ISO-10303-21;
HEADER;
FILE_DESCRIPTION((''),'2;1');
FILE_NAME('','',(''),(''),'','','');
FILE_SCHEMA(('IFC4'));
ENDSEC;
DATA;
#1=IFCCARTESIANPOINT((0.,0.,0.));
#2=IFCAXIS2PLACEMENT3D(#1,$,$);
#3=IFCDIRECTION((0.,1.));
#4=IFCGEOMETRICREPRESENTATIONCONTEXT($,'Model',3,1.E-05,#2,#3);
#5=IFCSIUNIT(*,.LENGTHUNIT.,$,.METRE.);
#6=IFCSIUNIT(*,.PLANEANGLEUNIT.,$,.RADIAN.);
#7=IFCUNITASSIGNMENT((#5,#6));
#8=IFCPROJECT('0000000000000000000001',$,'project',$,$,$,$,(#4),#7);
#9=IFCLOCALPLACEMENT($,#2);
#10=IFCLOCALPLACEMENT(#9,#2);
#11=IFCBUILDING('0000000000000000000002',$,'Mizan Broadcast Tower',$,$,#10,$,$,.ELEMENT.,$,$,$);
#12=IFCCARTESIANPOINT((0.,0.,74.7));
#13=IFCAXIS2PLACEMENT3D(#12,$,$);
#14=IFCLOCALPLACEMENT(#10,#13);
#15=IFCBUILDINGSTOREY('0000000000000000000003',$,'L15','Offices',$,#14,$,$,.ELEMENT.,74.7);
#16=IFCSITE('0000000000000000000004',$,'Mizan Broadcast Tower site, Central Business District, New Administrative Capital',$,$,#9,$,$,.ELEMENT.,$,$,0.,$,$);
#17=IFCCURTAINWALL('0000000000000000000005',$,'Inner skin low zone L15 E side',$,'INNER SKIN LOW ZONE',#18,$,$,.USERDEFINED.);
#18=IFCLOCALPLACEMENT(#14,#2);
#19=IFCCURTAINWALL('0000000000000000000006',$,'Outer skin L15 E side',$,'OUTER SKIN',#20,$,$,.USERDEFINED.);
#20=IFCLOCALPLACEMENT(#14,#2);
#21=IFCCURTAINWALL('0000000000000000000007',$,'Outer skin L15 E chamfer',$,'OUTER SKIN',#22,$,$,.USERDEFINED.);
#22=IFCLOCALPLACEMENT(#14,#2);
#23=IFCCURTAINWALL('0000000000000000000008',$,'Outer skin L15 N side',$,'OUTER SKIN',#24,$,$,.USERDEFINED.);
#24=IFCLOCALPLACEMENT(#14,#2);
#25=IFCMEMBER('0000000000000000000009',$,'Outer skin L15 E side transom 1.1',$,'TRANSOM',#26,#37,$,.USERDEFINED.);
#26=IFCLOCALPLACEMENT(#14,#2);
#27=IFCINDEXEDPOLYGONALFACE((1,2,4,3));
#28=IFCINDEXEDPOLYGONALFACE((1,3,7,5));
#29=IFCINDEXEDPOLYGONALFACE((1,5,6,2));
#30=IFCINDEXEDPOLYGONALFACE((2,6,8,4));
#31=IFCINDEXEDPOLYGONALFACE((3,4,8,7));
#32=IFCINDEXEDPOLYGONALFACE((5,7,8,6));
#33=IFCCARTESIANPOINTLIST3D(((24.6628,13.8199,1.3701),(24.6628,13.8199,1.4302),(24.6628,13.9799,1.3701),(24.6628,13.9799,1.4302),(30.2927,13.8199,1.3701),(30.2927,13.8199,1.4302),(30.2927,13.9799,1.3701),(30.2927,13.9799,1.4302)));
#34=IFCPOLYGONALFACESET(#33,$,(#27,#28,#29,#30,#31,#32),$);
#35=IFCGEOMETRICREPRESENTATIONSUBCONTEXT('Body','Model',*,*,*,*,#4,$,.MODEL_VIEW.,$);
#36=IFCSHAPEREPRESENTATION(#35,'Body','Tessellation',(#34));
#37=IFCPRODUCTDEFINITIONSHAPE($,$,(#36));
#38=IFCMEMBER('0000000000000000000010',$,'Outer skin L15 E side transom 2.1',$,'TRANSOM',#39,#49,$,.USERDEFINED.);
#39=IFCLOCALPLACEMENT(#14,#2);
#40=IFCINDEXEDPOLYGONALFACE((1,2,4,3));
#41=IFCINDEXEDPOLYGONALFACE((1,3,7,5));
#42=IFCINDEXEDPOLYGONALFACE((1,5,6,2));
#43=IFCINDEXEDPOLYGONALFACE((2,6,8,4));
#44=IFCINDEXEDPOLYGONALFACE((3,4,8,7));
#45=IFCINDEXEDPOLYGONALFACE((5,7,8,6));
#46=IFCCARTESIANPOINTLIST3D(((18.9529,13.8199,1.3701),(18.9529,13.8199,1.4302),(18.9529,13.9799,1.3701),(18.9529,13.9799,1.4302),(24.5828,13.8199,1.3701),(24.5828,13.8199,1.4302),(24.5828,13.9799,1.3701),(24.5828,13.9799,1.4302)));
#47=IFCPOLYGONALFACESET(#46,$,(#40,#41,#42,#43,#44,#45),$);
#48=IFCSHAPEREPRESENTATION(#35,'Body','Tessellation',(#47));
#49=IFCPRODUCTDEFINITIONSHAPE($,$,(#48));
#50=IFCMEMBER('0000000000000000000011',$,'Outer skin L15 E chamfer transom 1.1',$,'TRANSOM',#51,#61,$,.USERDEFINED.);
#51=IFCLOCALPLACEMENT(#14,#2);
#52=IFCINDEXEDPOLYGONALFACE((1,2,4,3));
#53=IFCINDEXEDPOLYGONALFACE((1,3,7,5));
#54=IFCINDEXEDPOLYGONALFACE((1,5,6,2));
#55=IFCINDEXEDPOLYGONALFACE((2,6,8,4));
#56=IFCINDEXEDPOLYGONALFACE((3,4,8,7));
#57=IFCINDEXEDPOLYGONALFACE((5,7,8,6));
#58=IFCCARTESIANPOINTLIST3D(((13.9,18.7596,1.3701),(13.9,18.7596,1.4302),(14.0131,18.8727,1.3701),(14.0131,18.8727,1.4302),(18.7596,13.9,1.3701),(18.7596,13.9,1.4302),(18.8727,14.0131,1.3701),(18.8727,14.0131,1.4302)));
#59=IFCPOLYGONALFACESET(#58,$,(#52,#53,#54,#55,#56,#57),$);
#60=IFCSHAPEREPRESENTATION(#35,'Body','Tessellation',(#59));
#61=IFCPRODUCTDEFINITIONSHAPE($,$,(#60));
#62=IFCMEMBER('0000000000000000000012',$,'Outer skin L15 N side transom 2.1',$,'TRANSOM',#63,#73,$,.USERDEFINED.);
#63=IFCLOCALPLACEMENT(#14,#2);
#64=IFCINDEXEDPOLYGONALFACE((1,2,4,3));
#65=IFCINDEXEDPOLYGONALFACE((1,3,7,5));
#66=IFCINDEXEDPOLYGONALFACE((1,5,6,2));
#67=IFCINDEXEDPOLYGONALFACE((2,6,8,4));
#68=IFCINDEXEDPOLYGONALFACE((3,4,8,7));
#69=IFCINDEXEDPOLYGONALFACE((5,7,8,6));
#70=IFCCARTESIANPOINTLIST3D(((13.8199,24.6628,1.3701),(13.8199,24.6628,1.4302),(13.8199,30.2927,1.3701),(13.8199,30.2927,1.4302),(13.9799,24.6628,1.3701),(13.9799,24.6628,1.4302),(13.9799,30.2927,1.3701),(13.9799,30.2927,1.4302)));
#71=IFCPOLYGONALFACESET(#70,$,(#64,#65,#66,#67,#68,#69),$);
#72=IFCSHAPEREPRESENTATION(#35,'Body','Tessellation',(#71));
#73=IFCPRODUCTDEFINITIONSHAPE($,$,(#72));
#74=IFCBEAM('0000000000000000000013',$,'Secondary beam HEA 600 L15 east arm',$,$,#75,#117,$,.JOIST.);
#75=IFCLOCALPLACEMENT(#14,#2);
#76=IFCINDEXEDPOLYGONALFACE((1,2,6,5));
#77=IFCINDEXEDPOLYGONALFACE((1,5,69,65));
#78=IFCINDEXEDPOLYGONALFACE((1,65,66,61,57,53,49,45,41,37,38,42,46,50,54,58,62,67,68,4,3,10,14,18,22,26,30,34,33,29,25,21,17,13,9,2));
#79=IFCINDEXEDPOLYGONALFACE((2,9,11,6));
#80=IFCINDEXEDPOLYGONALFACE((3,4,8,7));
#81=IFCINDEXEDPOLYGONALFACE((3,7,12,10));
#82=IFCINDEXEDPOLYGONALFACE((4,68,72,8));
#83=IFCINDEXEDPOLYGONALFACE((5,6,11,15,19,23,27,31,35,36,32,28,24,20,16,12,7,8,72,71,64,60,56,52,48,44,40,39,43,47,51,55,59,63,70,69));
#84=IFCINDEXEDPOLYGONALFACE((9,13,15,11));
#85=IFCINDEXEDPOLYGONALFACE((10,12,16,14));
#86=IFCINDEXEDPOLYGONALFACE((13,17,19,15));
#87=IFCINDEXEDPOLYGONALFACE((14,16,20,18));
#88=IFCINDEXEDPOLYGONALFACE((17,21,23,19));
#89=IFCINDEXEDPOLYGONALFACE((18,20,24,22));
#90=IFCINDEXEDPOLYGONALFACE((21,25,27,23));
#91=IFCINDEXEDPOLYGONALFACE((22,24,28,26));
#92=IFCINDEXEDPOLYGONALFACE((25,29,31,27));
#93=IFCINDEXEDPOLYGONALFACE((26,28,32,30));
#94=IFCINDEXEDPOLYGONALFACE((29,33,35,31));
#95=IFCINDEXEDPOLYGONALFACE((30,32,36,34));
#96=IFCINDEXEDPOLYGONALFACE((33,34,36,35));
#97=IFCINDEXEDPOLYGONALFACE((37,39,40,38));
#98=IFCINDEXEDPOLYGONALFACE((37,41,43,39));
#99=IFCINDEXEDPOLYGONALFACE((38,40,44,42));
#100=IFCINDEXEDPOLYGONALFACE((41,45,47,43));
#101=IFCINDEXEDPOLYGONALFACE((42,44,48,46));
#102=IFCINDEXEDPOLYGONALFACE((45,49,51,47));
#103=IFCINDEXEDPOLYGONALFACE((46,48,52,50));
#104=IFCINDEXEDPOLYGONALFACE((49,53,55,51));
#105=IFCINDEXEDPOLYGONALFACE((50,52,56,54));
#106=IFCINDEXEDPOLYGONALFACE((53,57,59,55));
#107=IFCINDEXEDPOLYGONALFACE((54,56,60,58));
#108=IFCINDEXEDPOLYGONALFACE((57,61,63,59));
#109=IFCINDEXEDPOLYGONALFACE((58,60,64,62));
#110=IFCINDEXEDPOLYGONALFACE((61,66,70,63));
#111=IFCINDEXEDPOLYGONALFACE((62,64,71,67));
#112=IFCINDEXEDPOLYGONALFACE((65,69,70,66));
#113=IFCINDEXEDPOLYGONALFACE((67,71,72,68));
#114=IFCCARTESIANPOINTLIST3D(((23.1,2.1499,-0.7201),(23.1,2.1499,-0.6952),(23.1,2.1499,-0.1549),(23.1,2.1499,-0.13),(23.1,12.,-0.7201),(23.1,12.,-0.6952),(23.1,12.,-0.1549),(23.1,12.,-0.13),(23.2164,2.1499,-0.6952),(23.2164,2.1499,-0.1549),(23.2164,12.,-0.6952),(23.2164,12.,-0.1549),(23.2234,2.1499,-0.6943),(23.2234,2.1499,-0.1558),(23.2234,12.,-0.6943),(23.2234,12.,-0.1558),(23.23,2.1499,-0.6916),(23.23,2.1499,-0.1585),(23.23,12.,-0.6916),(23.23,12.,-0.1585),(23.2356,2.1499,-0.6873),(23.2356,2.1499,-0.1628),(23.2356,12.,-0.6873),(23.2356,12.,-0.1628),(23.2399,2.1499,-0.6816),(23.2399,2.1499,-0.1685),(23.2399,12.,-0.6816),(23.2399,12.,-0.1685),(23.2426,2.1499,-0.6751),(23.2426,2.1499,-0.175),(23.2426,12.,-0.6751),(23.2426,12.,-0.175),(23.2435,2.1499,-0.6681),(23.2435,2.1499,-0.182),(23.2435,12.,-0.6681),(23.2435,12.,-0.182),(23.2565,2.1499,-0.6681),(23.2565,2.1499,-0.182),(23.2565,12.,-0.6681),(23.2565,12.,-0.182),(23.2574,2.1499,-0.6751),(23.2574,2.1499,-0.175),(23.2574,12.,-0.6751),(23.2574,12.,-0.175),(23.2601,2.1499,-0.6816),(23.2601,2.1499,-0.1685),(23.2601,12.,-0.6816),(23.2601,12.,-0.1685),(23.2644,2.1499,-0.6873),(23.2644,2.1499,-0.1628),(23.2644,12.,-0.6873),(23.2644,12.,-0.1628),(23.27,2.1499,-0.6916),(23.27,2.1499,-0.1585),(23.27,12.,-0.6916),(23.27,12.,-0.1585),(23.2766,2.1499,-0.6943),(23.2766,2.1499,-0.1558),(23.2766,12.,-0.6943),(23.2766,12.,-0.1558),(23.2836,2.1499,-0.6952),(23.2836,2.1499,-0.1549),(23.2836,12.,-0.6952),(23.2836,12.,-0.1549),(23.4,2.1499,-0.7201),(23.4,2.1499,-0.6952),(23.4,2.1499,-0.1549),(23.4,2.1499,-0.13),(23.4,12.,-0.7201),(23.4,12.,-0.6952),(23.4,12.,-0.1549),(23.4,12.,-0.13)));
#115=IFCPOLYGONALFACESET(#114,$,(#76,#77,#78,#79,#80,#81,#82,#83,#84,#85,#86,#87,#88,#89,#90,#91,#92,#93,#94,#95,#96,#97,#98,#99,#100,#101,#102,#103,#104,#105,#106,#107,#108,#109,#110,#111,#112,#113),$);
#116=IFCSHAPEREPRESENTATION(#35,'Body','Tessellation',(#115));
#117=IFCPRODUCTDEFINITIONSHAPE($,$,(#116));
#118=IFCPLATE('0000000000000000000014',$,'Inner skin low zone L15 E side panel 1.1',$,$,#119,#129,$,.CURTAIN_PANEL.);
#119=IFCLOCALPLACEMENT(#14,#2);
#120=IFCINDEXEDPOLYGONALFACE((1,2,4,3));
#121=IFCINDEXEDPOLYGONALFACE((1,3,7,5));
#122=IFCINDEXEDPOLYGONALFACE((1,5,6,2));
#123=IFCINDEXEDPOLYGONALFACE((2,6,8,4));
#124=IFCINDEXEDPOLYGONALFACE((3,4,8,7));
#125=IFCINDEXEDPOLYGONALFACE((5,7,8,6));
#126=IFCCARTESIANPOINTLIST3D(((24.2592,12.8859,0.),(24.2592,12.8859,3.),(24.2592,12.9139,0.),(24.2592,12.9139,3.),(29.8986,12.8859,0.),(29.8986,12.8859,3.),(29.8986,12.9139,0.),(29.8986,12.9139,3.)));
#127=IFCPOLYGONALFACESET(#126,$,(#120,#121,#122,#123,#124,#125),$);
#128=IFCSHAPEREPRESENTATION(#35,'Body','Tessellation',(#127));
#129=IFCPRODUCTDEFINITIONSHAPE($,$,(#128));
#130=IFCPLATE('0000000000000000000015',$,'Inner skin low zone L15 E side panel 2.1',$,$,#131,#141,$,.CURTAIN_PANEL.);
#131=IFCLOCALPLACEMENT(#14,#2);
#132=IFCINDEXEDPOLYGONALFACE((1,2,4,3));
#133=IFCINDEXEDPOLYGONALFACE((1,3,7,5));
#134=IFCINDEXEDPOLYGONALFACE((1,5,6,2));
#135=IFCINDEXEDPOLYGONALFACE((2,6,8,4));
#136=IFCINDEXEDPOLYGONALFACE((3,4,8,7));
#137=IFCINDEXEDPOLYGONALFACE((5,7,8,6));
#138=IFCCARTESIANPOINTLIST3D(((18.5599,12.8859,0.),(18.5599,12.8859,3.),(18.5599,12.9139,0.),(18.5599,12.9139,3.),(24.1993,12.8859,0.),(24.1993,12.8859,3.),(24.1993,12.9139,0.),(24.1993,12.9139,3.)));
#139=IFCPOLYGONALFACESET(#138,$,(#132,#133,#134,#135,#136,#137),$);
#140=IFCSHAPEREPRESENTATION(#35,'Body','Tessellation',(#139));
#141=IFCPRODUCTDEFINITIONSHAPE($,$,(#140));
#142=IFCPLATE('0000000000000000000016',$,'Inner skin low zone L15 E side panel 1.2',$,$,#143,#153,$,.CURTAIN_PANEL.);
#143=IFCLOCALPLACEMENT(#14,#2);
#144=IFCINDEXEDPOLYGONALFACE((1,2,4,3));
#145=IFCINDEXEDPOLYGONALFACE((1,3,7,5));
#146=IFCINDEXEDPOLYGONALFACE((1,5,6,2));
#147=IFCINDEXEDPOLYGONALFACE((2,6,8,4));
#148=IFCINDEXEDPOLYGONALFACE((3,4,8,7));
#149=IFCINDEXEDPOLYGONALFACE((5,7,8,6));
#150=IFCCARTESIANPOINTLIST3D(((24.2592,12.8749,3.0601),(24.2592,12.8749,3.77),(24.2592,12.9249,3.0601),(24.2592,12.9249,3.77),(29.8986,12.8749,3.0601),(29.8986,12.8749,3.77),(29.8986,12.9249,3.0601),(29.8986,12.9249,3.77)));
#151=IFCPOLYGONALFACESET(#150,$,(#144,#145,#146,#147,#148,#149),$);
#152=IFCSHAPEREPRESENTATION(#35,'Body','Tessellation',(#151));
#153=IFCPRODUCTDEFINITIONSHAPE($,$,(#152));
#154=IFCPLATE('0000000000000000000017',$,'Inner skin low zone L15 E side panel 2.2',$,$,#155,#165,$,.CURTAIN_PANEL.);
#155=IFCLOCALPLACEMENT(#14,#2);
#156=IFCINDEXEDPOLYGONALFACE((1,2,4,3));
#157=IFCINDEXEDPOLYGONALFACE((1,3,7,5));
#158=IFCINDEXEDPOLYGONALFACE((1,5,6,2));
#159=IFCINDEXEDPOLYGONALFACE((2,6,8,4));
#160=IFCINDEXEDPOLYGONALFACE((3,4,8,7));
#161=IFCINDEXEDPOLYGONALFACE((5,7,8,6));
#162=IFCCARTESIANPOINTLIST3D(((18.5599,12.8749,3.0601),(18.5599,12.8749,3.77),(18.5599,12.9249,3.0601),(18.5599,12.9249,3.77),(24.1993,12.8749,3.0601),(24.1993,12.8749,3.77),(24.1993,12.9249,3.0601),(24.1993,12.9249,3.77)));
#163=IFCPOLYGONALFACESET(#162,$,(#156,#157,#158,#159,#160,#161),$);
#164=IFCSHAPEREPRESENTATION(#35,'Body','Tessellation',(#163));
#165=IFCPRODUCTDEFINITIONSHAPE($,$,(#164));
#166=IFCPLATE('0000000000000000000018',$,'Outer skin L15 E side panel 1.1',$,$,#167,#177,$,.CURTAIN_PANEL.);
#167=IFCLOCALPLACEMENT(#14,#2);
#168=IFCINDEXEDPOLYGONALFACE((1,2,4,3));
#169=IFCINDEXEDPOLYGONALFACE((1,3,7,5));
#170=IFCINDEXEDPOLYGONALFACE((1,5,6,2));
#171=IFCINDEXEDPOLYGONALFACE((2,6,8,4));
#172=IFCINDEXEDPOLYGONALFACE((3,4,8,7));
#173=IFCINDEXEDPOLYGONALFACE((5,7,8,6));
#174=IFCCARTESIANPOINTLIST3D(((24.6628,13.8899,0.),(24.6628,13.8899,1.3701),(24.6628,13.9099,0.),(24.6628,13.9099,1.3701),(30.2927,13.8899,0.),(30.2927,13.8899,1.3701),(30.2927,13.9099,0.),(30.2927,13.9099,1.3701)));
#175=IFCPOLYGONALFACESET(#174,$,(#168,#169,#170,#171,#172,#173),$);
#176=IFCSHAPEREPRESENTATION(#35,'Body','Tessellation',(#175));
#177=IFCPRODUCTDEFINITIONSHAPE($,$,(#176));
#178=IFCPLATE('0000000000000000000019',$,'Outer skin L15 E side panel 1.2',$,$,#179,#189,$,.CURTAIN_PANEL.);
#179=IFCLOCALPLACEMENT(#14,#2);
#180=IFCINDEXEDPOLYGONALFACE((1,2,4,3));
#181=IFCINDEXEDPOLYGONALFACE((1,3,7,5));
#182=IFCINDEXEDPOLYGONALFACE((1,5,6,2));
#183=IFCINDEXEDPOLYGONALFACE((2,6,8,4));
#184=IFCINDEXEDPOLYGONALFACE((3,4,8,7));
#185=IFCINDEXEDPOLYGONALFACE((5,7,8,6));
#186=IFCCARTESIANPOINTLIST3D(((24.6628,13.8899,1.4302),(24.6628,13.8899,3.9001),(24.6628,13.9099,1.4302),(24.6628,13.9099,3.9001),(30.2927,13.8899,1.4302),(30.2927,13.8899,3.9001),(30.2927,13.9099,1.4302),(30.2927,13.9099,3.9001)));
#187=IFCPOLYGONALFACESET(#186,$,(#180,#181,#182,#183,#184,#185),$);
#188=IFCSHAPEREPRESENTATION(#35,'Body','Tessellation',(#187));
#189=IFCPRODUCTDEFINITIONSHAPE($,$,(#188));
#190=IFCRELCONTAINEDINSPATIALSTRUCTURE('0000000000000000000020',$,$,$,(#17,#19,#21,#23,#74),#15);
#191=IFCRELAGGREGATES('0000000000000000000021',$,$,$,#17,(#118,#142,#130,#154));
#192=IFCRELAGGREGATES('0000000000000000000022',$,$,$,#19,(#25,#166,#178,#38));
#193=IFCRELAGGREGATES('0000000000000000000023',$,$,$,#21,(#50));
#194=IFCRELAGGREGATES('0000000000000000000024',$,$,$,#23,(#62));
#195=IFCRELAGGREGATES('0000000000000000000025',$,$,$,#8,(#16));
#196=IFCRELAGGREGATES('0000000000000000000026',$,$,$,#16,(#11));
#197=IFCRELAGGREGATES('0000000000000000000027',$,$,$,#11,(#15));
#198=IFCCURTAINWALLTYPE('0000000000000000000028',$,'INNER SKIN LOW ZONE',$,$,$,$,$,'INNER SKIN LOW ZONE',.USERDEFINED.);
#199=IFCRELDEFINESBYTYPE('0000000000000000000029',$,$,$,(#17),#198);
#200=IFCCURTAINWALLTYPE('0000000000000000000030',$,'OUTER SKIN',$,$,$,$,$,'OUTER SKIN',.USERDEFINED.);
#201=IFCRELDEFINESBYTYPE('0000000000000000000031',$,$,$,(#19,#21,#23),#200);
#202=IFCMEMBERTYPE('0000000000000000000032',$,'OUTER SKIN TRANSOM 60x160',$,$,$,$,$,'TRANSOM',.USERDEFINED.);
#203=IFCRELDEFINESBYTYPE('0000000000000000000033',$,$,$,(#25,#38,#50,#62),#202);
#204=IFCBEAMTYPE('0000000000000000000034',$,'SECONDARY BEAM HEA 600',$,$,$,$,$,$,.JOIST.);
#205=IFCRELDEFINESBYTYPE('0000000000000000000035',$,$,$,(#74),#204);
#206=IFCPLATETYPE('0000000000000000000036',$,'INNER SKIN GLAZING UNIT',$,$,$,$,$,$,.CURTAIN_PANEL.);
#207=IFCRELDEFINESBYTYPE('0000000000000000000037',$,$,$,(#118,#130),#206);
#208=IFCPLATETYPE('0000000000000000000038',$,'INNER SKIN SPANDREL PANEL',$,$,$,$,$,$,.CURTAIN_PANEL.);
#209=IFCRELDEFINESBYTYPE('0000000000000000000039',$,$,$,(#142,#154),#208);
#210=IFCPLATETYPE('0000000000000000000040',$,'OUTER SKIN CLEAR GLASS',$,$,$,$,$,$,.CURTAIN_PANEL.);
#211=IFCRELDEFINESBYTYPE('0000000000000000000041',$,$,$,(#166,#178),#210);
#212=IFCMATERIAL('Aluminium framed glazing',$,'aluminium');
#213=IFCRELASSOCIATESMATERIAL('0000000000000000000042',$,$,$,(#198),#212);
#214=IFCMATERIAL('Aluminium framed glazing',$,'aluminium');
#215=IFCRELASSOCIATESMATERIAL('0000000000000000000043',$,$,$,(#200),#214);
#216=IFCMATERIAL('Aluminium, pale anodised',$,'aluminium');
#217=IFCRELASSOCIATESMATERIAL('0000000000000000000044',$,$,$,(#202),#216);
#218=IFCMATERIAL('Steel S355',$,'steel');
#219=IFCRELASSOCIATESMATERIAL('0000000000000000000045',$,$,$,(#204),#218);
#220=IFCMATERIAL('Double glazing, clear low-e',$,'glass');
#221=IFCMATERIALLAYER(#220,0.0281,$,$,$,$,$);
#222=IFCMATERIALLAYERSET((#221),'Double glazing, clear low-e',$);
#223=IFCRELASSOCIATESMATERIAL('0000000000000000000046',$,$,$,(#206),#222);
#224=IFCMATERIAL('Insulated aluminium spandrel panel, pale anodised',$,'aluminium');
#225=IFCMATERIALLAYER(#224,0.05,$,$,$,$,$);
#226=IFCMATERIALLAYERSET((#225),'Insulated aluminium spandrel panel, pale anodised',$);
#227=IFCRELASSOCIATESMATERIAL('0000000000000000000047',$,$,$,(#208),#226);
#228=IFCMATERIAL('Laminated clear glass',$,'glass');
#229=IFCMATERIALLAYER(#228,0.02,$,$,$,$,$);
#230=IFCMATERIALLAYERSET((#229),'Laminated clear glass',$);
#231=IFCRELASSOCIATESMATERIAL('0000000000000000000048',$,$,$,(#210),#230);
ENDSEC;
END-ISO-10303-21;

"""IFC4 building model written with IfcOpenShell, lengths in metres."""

from ifc_helpers import new_model, si_unit, direction, frame, origin, origin_2d, place, context, subcontext, project, spatial, rectangle, i_section, extrude, material, layer, layer_set, material_profile, profile_set, type_object, element, aggregate, save


model = new_model("IFC4")

# Units and contexts
model_context = context("Model", 3, precision=1e-05, world=origin(), true_north=direction((0.0, 1.0)))
body_context = subcontext(model_context, "Body", "Model", "MODEL_VIEW")
ifc_project = project(units=[si_unit("LENGTHUNIT", "METRE"), si_unit("PLANEANGLEUNIT", "RADIAN")], contexts=[model_context])

# Site, building, storey
site_placement = place(None, origin())
site = spatial("IfcSite", under=ifc_project, at=site_placement, Name="Mizan Broadcast Tower site, Central Business District, New Administrative Capital", CompositionType="ELEMENT", RefElevation=0.0)
building_placement = place(site_placement, origin())
building = spatial("IfcBuilding", under=site, at=building_placement, Name="Mizan Broadcast Tower", CompositionType="ELEMENT")
storey_placement = place(building_placement, frame((0.0, 0.0, 74.7)))
storey = spatial("IfcBuildingStorey", under=building, at=storey_placement, Name="L15", Description="Offices", CompositionType="ELEMENT", Elevation=74.7)

# Shared definitions
ifc_material_1 = material(Name="Aluminium framed glazing", Category="aluminium")
curtain_wall_type_1 = type_object("IfcCurtainWallType", Name="INNER SKIN LOW ZONE", ElementType="INNER SKIN LOW ZONE", PredefinedType="USERDEFINED", material=ifc_material_1)

# Curtain wall
curtain_wall_1_placement = place(storey_placement, origin())
curtain_wall_1 = element("IfcCurtainWall", 1, at=curtain_wall_1_placement, inside=storey, type_object=curtain_wall_type_1, Name="Inner skin low zone L15 E side", ObjectType="INNER SKIN LOW ZONE", PredefinedType="USERDEFINED")

# Shared definitions
ifc_material_2 = material(Name="Aluminium framed glazing", Category="aluminium")
curtain_wall_type_2 = type_object("IfcCurtainWallType", Name="OUTER SKIN", ElementType="OUTER SKIN", PredefinedType="USERDEFINED", material=ifc_material_2)

# Curtain wall
curtain_wall_2_placement = place(storey_placement, origin())
curtain_wall_2 = element("IfcCurtainWall", 2, at=curtain_wall_2_placement, inside=storey, type_object=curtain_wall_type_2, Name="Outer skin L15 E side", ObjectType="OUTER SKIN", PredefinedType="USERDEFINED")

# Curtain wall
curtain_wall_3_placement = place(storey_placement, origin())
curtain_wall_3 = element("IfcCurtainWall", 3, at=curtain_wall_3_placement, inside=storey, type_object=curtain_wall_type_2, Name="Outer skin L15 E chamfer", ObjectType="OUTER SKIN", PredefinedType="USERDEFINED")

# Curtain wall
curtain_wall_4_placement = place(storey_placement, origin())
curtain_wall_4 = element("IfcCurtainWall", 4, at=curtain_wall_4_placement, inside=storey, type_object=curtain_wall_type_2, Name="Outer skin L15 N side", ObjectType="OUTER SKIN", PredefinedType="USERDEFINED")

# Members
ifc_material_3 = material(Name="Aluminium, pale anodised", Category="aluminium")
ifc_material_profile_1 = material_profile(ifc_material_3, rectangle(XDim=0.1599, YDim=0.0601, at=origin_2d()), Name="TRANSOM 160x60")
ifc_profile_set_1 = profile_set([ifc_material_profile_1], Name="Aluminium, pale anodised")
member_type_1 = type_object("IfcMemberType", Name="OUTER SKIN TRANSOM 60x160", ElementType="TRANSOM", PredefinedType="USERDEFINED", material=ifc_profile_set_1)
member_1_placement = place(storey_placement, frame((30.2927, 13.8999, 1.4001), z_axis=(-1.0, 0.0, 0.0), x_axis=(0.0, -1.0, 0.0)))
member_1 = element("IfcMember", 5, at=member_1_placement, type_object=member_type_1, Name="Outer skin L15 E side transom 1.1", ObjectType="TRANSOM", PredefinedType="USERDEFINED", context=body_context, shape_type="SweptSolid", body=[
    extrude(rectangle(XDim=0.1599, YDim=0.0601, at=origin_2d()), origin(), (0.0, 0.0, 1.0), 5.6299),
])
member_2_placement = place(storey_placement, frame((24.5828, 13.8999, 1.4001), z_axis=(-1.0, 0.0, 0.0), x_axis=(0.0, -1.0, 0.0)))
member_2 = element("IfcMember", 6, at=member_2_placement, type_object=member_type_1, Name="Outer skin L15 E side transom 2.1", ObjectType="TRANSOM", PredefinedType="USERDEFINED", context=body_context, shape_type="SweptSolid", body=[
    extrude(rectangle(XDim=0.1599, YDim=0.0601, at=origin_2d()), origin(), (0.0, 0.0, 1.0), 5.6299),
])
member_3_placement = place(storey_placement, frame((18.8162, 13.9565, 1.4001), z_axis=(-0.707107, 0.707107, 0.0), x_axis=(-0.707107, -0.707107, 0.0)))
member_3 = element("IfcMember", 7, at=member_3_placement, type_object=member_type_1, Name="Outer skin L15 E chamfer transom 1.1", ObjectType="TRANSOM", PredefinedType="USERDEFINED", context=body_context, shape_type="SweptSolid", body=[
    extrude(rectangle(XDim=0.1599, YDim=0.0601, at=origin_2d()), origin(), (0.0, 0.0, 1.0), 6.8726),
])
member_4_placement = place(storey_placement, frame((13.8999, 24.6628, 1.4001), z_axis=(0.0, 1.0, 0.0), x_axis=(-1.0, 0.0, 0.0)))
member_4 = element("IfcMember", 8, at=member_4_placement, type_object=member_type_1, Name="Outer skin L15 N side transom 2.1", ObjectType="TRANSOM", PredefinedType="USERDEFINED", context=body_context, shape_type="SweptSolid", body=[
    extrude(rectangle(XDim=0.1599, YDim=0.0601, at=origin_2d()), origin(), (0.0, 0.0, 1.0), 5.6299),
])

# Beam
ifc_material_4 = material(Name="Steel S355", Category="steel")
ifc_material_profile_2 = material_profile(ifc_material_4, i_section(OverallWidth=0.3, OverallDepth=0.5901, WebThickness=0.0129, FlangeThickness=0.0249, FilletRadius=0.0271, at=origin_2d()), Name="HEA 600")
ifc_profile_set_2 = profile_set([ifc_material_profile_2], Name="Steel S355")
beam_type_1 = type_object("IfcBeamType", Name="SECONDARY BEAM HEA 600", PredefinedType="JOIST", material=ifc_profile_set_2)
beam_1_placement = place(storey_placement, frame((23.25, 12.0, -0.425), z_axis=(0.0, -1.0, 0.0), x_axis=(1.0, 0.0, 0.0)))
element("IfcBeam", 9, at=beam_1_placement, inside=storey, type_object=beam_type_1, Name="Secondary beam HEA 600 L15 east arm", PredefinedType="JOIST", context=body_context, shape_type="SweptSolid", body=[
    extrude(i_section(OverallWidth=0.3, OverallDepth=0.5901, WebThickness=0.0129, FlangeThickness=0.0249, FilletRadius=0.0271, at=origin_2d()), origin(), (0.0, 0.0, 1.0), 9.8501),
])

# Plates
ifc_material_5 = material(Name="Double glazing, clear low-e", Category="glass")
ifc_layer_1 = layer(ifc_material_5, 0.0281)
ifc_layer_set_1 = layer_set([ifc_layer_1], Name="Double glazing, clear low-e")
plate_type_1 = type_object("IfcPlateType", Name="INNER SKIN GLAZING UNIT", PredefinedType="CURTAIN_PANEL", material=ifc_layer_set_1)
plate_1_placement = place(storey_placement, frame((27.0789, 12.8999, 0.0), z_axis=(0.0, 0.0, 1.0), x_axis=(-1.0, 0.0, 0.0)))
plate_1 = element("IfcPlate", 10, at=plate_1_placement, type_object=plate_type_1, Name="Inner skin low zone L15 E side panel 1.1", PredefinedType="CURTAIN_PANEL", context=body_context, shape_type="SweptSolid", body=[
    extrude(rectangle(XDim=5.6394, YDim=0.0281, at=origin_2d()), origin(), (0.0, 0.0, 1.0), 3.0),
])
plate_2_placement = place(storey_placement, frame((21.3796, 12.8999, 0.0), z_axis=(0.0, 0.0, 1.0), x_axis=(-1.0, 0.0, 0.0)))
plate_2 = element("IfcPlate", 11, at=plate_2_placement, type_object=plate_type_1, Name="Inner skin low zone L15 E side panel 2.1", PredefinedType="CURTAIN_PANEL", context=body_context, shape_type="SweptSolid", body=[
    extrude(rectangle(XDim=5.6394, YDim=0.0281, at=origin_2d()), origin(), (0.0, 0.0, 1.0), 3.0),
])
ifc_material_6 = material(Name="Insulated aluminium spandrel panel, pale anodised", Category="aluminium")
ifc_layer_2 = layer(ifc_material_6, 0.05)
ifc_layer_set_2 = layer_set([ifc_layer_2], Name="Insulated aluminium spandrel panel, pale anodised")
plate_type_2 = type_object("IfcPlateType", Name="INNER SKIN SPANDREL PANEL", PredefinedType="CURTAIN_PANEL", material=ifc_layer_set_2)
plate_3_placement = place(storey_placement, frame((27.0789, 12.8999, 3.0601), z_axis=(0.0, 0.0, 1.0), x_axis=(-1.0, 0.0, 0.0)))
plate_3 = element("IfcPlate", 12, at=plate_3_placement, type_object=plate_type_2, Name="Inner skin low zone L15 E side panel 1.2", PredefinedType="CURTAIN_PANEL", context=body_context, shape_type="SweptSolid", body=[
    extrude(rectangle(XDim=5.6394, YDim=0.05, at=origin_2d()), origin(), (0.0, 0.0, 1.0), 0.71),
])
plate_4_placement = place(storey_placement, frame((21.3796, 12.8999, 3.0601), z_axis=(0.0, 0.0, 1.0), x_axis=(-1.0, 0.0, 0.0)))
plate_4 = element("IfcPlate", 13, at=plate_4_placement, type_object=plate_type_2, Name="Inner skin low zone L15 E side panel 2.2", PredefinedType="CURTAIN_PANEL", context=body_context, shape_type="SweptSolid", body=[
    extrude(rectangle(XDim=5.6394, YDim=0.05, at=origin_2d()), origin(), (0.0, 0.0, 1.0), 0.71),
])
aggregate(curtain_wall_1, [plate_1, plate_3, plate_2, plate_4])
ifc_material_7 = material(Name="Laminated clear glass", Category="glass")
ifc_layer_3 = layer(ifc_material_7, 0.02)
ifc_layer_set_3 = layer_set([ifc_layer_3], Name="Laminated clear glass")
plate_type_3 = type_object("IfcPlateType", Name="OUTER SKIN CLEAR GLASS", PredefinedType="CURTAIN_PANEL", material=ifc_layer_set_3)
plate_5_placement = place(storey_placement, frame((27.4778, 13.8999, 0.0), z_axis=(0.0, 0.0, 1.0), x_axis=(-1.0, 0.0, 0.0)))
plate_5 = element("IfcPlate", 14, at=plate_5_placement, type_object=plate_type_3, Name="Outer skin L15 E side panel 1.1", PredefinedType="CURTAIN_PANEL", context=body_context, shape_type="SweptSolid", body=[
    extrude(rectangle(XDim=5.6299, YDim=0.02, at=origin_2d()), origin(), (0.0, 0.0, 1.0), 1.3701),
])
plate_6_placement = place(storey_placement, frame((27.4778, 13.8999, 1.4302), z_axis=(0.0, 0.0, 1.0), x_axis=(-1.0, 0.0, 0.0)))
plate_6 = element("IfcPlate", 15, at=plate_6_placement, type_object=plate_type_3, Name="Outer skin L15 E side panel 1.2", PredefinedType="CURTAIN_PANEL", context=body_context, shape_type="SweptSolid", body=[
    extrude(rectangle(XDim=5.6299, YDim=0.02, at=origin_2d()), origin(), (0.0, 0.0, 1.0), 2.47),
])
aggregate(curtain_wall_2, [member_1, plate_5, plate_6, member_2])
aggregate(curtain_wall_3, [member_3])
aggregate(curtain_wall_4, [member_4])

save(model, "model.ifc")
